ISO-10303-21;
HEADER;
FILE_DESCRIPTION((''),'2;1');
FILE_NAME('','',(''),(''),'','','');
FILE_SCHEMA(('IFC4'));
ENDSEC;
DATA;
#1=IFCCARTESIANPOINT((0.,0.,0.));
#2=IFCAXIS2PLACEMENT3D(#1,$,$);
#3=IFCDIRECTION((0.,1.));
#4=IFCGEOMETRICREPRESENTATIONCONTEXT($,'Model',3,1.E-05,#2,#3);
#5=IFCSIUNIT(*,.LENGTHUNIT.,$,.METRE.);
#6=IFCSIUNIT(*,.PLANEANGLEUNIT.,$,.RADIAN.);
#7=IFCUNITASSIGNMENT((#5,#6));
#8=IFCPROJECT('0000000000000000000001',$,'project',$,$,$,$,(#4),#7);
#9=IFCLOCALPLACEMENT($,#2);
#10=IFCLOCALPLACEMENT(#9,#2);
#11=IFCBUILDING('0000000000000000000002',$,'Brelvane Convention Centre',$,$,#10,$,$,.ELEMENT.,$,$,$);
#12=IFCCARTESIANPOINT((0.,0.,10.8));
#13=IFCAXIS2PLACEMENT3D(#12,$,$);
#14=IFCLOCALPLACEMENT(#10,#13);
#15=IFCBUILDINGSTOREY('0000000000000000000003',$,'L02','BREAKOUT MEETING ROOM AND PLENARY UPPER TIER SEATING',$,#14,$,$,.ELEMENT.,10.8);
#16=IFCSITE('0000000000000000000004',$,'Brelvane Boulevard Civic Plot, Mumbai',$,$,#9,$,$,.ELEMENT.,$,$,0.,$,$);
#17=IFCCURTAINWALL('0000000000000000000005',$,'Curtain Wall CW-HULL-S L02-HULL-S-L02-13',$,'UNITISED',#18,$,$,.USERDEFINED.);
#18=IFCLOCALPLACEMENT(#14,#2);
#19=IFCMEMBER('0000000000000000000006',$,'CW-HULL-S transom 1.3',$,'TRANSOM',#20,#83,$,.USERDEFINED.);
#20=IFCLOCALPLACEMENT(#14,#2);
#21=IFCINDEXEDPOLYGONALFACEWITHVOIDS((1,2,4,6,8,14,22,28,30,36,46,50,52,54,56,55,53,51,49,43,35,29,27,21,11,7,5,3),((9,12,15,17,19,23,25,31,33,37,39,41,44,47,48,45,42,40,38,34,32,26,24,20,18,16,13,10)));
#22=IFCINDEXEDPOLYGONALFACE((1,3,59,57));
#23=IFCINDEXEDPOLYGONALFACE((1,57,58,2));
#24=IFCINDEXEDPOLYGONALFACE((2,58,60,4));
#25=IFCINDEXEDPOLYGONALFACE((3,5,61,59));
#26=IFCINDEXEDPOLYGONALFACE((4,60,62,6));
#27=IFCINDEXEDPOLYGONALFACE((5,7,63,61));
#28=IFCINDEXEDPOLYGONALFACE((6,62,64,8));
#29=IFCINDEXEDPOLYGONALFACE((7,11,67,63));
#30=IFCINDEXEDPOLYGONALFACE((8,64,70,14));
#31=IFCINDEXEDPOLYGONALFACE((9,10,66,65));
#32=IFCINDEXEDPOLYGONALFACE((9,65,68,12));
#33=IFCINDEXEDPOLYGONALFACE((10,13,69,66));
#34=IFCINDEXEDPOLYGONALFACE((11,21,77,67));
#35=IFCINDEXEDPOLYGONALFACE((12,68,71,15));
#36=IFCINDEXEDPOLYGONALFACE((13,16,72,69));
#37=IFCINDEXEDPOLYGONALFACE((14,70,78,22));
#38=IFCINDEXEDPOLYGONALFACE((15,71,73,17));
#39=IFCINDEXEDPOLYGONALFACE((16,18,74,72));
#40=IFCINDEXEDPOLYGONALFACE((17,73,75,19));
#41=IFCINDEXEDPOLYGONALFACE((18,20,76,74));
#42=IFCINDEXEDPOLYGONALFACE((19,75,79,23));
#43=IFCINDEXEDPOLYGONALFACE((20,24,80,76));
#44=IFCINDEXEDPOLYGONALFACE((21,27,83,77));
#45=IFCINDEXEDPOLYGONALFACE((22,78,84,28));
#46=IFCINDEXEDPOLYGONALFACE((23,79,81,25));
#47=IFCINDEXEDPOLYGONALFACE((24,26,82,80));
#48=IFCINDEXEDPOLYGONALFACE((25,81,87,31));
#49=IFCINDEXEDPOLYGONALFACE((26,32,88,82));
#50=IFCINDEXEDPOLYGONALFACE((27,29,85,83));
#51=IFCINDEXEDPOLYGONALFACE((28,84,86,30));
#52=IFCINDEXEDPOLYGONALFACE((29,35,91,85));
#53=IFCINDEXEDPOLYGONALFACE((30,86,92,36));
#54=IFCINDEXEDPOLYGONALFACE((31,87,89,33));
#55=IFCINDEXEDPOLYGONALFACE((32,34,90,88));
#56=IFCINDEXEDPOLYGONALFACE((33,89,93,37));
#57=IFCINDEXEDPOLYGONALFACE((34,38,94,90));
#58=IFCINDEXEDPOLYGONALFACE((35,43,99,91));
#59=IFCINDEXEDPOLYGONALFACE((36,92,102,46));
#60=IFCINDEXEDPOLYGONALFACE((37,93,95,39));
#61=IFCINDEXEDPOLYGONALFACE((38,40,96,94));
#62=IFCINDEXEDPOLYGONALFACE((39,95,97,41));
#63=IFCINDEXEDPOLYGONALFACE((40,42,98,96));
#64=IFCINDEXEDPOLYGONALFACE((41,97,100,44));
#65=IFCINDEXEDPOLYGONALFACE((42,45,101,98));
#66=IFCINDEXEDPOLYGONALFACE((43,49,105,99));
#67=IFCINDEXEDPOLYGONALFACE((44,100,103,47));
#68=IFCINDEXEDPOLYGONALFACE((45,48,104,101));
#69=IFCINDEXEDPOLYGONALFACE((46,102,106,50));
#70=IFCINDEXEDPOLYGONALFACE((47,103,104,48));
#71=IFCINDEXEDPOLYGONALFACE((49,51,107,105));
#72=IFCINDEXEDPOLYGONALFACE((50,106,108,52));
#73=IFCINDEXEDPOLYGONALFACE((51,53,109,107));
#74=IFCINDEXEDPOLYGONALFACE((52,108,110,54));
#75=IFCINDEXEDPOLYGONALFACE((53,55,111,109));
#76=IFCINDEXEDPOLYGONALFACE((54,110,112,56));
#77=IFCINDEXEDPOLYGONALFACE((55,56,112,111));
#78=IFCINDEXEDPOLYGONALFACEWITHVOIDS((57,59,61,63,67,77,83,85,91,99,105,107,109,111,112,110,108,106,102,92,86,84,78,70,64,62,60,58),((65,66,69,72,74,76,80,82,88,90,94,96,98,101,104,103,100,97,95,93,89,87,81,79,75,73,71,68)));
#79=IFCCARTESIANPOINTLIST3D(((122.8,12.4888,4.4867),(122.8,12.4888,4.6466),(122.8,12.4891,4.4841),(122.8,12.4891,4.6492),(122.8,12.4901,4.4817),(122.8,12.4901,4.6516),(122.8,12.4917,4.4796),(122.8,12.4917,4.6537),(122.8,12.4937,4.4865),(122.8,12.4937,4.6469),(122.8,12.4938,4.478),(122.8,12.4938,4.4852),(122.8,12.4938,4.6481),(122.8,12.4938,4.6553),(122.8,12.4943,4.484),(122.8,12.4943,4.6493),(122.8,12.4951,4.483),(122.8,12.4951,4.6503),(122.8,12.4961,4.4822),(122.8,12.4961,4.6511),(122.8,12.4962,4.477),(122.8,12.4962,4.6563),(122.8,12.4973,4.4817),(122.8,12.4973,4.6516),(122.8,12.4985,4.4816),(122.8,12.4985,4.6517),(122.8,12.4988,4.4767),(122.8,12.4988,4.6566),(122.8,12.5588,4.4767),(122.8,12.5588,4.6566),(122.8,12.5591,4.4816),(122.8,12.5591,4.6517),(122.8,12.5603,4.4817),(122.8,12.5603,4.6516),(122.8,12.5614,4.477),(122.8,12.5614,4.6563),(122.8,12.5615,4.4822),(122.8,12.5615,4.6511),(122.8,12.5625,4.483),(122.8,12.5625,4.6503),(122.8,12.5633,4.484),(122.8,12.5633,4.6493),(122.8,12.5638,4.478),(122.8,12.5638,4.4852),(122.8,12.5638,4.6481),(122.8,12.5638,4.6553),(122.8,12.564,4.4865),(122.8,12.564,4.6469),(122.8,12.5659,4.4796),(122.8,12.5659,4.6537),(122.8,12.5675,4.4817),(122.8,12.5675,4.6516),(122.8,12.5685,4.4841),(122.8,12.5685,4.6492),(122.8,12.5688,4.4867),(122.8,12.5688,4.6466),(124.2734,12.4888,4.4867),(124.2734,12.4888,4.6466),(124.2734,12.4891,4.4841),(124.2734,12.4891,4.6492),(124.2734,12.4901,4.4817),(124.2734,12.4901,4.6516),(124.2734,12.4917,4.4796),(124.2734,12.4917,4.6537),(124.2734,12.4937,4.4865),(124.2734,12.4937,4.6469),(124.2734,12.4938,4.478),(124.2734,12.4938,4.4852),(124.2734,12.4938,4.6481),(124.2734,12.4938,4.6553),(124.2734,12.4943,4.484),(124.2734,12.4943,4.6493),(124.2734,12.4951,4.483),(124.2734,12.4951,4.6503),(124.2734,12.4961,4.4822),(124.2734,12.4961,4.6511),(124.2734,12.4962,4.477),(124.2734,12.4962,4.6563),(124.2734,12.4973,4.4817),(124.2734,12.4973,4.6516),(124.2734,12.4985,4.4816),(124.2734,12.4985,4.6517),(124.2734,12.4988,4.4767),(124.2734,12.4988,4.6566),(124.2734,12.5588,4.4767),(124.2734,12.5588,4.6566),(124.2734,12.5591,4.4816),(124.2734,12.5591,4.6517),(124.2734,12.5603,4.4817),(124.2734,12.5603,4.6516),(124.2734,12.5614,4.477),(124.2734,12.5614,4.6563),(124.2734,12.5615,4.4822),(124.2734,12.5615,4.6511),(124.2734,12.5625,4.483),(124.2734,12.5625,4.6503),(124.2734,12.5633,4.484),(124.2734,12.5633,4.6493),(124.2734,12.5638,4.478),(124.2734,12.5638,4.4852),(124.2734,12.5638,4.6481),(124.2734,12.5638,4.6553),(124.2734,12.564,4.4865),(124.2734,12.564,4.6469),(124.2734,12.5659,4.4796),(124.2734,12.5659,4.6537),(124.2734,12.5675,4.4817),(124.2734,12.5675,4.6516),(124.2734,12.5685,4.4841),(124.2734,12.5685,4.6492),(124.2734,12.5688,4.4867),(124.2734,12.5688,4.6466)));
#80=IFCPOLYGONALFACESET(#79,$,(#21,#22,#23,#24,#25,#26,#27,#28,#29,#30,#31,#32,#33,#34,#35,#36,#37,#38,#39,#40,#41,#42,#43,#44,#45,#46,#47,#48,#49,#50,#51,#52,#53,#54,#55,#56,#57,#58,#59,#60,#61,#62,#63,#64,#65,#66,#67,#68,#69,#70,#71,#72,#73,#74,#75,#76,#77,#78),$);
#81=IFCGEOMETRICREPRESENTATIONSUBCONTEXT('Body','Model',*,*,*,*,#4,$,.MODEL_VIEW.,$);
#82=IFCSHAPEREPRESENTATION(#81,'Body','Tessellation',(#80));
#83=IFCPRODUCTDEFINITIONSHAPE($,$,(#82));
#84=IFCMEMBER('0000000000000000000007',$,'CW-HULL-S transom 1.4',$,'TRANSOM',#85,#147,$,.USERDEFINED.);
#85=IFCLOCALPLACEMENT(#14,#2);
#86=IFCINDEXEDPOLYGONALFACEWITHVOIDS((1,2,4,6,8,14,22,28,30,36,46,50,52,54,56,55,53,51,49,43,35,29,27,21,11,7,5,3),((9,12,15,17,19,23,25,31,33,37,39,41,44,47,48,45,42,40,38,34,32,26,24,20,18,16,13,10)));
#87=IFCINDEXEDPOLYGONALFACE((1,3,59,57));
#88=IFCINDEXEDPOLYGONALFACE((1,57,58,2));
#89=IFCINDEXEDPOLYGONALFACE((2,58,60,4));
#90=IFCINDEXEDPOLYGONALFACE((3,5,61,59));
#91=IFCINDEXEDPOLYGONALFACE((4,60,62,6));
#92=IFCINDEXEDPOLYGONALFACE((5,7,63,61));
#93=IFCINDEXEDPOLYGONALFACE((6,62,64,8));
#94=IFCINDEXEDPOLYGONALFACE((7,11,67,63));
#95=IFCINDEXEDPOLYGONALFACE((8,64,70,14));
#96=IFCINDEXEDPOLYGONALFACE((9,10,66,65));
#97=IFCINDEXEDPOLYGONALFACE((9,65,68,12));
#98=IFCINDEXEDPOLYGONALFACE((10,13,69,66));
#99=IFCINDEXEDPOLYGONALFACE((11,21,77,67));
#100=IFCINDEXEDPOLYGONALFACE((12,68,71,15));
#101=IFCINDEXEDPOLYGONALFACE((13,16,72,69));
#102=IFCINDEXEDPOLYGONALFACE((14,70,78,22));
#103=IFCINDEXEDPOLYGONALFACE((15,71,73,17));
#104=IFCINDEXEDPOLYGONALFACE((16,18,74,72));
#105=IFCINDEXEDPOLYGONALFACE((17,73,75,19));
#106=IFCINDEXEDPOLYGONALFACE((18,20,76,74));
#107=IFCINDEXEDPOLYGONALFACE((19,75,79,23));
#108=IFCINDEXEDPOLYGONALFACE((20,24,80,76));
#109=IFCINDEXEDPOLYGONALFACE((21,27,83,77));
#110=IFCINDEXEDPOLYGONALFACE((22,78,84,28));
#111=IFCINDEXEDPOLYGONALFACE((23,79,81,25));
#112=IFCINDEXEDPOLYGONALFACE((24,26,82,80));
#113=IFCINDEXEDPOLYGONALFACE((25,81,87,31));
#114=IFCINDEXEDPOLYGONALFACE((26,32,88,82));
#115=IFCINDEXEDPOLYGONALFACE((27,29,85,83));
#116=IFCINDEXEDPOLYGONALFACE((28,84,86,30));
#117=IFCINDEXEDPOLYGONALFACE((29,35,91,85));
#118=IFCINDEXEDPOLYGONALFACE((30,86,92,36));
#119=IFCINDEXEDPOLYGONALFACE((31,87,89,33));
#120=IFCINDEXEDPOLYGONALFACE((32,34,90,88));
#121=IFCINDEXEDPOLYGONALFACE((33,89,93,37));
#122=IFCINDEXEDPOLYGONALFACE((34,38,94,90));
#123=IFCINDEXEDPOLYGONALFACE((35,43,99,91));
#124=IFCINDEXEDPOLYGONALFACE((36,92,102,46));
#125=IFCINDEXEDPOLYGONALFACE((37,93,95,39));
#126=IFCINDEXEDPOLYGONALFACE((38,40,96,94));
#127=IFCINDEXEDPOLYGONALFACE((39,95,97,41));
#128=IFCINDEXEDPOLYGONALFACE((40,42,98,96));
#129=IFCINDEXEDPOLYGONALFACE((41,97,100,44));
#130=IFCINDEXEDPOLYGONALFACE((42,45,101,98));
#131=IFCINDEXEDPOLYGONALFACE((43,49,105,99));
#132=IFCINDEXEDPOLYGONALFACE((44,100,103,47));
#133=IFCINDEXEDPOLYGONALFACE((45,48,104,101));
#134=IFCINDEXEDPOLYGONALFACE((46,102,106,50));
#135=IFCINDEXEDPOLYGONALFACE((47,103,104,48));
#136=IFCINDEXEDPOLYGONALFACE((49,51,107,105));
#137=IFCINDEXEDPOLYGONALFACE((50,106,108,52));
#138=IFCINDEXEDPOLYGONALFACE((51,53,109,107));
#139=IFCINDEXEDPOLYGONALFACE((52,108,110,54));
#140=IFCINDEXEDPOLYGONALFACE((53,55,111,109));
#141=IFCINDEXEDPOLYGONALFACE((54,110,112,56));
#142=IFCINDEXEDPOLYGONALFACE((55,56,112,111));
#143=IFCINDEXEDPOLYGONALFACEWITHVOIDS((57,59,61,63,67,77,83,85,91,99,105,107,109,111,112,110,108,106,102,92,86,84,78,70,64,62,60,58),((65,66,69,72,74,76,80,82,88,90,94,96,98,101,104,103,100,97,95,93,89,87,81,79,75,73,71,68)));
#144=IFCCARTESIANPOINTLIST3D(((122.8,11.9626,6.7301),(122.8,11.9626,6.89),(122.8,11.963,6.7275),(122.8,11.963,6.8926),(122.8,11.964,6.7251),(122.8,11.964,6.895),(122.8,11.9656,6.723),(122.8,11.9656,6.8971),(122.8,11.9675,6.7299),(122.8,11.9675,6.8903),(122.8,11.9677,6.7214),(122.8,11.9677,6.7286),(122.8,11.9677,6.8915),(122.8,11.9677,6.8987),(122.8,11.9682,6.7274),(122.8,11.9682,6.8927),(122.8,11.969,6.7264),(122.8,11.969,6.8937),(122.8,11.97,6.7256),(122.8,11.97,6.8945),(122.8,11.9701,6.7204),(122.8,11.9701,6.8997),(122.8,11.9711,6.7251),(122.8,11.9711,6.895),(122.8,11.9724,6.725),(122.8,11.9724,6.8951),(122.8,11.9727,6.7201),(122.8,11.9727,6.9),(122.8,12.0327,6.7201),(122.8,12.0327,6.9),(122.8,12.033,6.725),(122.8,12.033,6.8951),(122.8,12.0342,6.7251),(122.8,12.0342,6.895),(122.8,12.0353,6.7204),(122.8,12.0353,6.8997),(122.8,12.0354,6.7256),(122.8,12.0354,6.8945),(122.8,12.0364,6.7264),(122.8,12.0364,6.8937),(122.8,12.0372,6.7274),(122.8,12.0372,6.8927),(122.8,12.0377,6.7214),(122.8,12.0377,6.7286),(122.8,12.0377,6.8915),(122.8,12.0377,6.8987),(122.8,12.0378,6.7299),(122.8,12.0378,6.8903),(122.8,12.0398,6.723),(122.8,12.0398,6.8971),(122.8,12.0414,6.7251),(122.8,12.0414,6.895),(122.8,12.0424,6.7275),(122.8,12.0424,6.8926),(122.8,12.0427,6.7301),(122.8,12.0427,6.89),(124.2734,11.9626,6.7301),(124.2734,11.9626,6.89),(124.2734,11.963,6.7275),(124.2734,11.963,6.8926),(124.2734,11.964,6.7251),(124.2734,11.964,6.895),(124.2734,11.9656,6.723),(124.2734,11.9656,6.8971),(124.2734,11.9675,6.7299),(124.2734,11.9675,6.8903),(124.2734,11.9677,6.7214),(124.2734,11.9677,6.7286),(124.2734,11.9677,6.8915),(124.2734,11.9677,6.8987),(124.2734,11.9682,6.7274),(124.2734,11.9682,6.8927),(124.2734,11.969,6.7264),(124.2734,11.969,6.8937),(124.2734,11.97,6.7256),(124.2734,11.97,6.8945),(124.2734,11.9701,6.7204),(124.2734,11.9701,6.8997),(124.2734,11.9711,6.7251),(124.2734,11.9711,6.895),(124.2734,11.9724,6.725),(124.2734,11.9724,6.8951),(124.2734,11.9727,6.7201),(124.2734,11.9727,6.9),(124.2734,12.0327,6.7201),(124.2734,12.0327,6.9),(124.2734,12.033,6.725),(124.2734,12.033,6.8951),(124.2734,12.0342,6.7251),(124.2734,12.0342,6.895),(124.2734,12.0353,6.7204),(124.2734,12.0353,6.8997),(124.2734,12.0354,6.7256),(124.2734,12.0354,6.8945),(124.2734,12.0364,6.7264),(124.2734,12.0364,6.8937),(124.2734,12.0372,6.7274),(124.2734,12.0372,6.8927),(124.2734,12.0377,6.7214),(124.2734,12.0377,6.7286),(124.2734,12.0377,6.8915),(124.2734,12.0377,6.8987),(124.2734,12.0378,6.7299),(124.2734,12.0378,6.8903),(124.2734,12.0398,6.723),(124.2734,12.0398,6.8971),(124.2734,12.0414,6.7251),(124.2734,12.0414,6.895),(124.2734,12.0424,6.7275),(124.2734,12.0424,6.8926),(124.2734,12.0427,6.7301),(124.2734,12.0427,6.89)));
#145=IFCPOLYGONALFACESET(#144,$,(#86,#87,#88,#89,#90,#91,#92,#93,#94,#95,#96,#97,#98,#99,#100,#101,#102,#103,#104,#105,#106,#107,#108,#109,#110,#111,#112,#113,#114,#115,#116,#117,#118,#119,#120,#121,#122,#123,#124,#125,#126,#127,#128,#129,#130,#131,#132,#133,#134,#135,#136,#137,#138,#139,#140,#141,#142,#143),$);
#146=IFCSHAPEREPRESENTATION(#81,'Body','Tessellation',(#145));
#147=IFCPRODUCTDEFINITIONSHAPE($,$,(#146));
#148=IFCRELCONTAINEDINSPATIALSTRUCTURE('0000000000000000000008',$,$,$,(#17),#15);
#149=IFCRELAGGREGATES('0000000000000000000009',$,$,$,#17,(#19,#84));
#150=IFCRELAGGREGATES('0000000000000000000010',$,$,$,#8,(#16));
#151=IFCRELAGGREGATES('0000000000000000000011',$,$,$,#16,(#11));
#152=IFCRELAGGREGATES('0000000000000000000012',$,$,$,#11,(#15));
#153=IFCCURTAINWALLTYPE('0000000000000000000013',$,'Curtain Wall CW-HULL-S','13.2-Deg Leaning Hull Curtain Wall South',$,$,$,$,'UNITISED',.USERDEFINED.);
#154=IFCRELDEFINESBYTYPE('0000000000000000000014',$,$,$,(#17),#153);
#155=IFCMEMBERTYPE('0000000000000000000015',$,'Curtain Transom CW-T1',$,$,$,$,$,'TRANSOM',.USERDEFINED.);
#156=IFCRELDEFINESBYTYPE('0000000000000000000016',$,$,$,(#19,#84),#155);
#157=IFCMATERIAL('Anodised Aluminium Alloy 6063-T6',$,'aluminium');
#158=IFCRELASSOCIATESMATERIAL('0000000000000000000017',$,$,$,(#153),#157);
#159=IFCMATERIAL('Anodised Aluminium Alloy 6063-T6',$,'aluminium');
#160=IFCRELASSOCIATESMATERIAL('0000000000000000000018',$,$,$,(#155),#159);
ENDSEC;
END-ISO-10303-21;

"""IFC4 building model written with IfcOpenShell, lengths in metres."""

from ifc_helpers import new_model, si_unit, direction, frame, origin, origin_2d, place, context, subcontext, project, spatial, hollow_rectangle, extrude, material, material_profile, profile_set, type_object, element, aggregate, save


model = new_model("IFC4")

# Units and contexts
model_context = context("Model", 3, precision=1e-05, world=origin(), true_north=direction((0.0, 1.0)))
body_context = subcontext(model_context, "Body", "Model", "MODEL_VIEW")
ifc_project = project(units=[si_unit("LENGTHUNIT", "METRE"), si_unit("PLANEANGLEUNIT", "RADIAN")], contexts=[model_context])

# Site, building, storey
site_placement = place(None, origin())
site = spatial("IfcSite", under=ifc_project, at=site_placement, Name="Brelvane Boulevard Civic Plot, Mumbai", CompositionType="ELEMENT", RefElevation=0.0)
building_placement = place(site_placement, origin())
building = spatial("IfcBuilding", under=site, at=building_placement, Name="Brelvane Convention Centre", CompositionType="ELEMENT")
storey_placement = place(building_placement, frame((0.0, 0.0, 10.8)))
storey = spatial("IfcBuildingStorey", under=building, at=storey_placement, Name="L02", Description="BREAKOUT MEETING ROOM AND PLENARY UPPER TIER SEATING", CompositionType="ELEMENT", Elevation=10.8)

# Curtain wall, members
ifc_material_1 = material(Name="Anodised Aluminium Alloy 6063-T6", Category="aluminium")
curtain_wall_type = type_object("IfcCurtainWallType", Name="Curtain Wall CW-HULL-S", Description="13.2-Deg Leaning Hull Curtain Wall South", ElementType="UNITISED", PredefinedType="USERDEFINED", material=ifc_material_1)
ifc_material_2 = material(Name="Anodised Aluminium Alloy 6063-T6", Category="aluminium")
ifc_material_profile = material_profile(ifc_material_2, hollow_rectangle(XDim=0.0801, YDim=0.1799, WallThickness=0.0049, InnerFilletRadius=0.0049, OuterFilletRadius=0.01, at=origin_2d()), Name="ALU-T 180x80x5.0")
ifc_profile_set = profile_set([ifc_material_profile], Name="Anodised Aluminium Alloy 6063-T6")
member_type = type_object("IfcMemberType", Name="Curtain Transom CW-T1", ElementType="TRANSOM", PredefinedType="USERDEFINED", material=ifc_profile_set)
curtain_wall_1_placement = place(storey_placement, origin())
curtain_wall_1 = element("IfcCurtainWall", 1, at=curtain_wall_1_placement, inside=storey, type_object=curtain_wall_type, Name="Curtain Wall CW-HULL-S L02-HULL-S-L02-13", ObjectType="UNITISED", PredefinedType="USERDEFINED")
member_1_placement = place(storey_placement, frame((122.8, 12.5288, 4.5667), z_axis=(1.0, 0.0, 0.0), x_axis=(0.0, 1.0, 0.0)))
member_1 = element("IfcMember", 2, at=member_1_placement, type_object=member_type, Name="CW-HULL-S transom 1.3", ObjectType="TRANSOM", PredefinedType="USERDEFINED", context=body_context, shape_type="SweptSolid", body=[
    extrude(hollow_rectangle(XDim=0.0801, YDim=0.1799, WallThickness=0.0049, InnerFilletRadius=0.0049, OuterFilletRadius=0.01, at=origin_2d()), origin(), (0.0, 0.0, 1.0), 1.4734),
])
member_2_placement = place(storey_placement, frame((122.8, 12.0027, 6.8101), z_axis=(1.0, 0.0, 0.0), x_axis=(0.0, 1.0, 0.0)))
member_2 = element("IfcMember", 3, at=member_2_placement, type_object=member_type, Name="CW-HULL-S transom 1.4", ObjectType="TRANSOM", PredefinedType="USERDEFINED", context=body_context, shape_type="SweptSolid", body=[
    extrude(hollow_rectangle(XDim=0.0801, YDim=0.1799, WallThickness=0.0049, InnerFilletRadius=0.0049, OuterFilletRadius=0.01, at=origin_2d()), origin(), (0.0, 0.0, 1.0), 1.4734),
])

aggregate(curtain_wall_1, [member_1, member_2])

save(model, "model.ifc")
